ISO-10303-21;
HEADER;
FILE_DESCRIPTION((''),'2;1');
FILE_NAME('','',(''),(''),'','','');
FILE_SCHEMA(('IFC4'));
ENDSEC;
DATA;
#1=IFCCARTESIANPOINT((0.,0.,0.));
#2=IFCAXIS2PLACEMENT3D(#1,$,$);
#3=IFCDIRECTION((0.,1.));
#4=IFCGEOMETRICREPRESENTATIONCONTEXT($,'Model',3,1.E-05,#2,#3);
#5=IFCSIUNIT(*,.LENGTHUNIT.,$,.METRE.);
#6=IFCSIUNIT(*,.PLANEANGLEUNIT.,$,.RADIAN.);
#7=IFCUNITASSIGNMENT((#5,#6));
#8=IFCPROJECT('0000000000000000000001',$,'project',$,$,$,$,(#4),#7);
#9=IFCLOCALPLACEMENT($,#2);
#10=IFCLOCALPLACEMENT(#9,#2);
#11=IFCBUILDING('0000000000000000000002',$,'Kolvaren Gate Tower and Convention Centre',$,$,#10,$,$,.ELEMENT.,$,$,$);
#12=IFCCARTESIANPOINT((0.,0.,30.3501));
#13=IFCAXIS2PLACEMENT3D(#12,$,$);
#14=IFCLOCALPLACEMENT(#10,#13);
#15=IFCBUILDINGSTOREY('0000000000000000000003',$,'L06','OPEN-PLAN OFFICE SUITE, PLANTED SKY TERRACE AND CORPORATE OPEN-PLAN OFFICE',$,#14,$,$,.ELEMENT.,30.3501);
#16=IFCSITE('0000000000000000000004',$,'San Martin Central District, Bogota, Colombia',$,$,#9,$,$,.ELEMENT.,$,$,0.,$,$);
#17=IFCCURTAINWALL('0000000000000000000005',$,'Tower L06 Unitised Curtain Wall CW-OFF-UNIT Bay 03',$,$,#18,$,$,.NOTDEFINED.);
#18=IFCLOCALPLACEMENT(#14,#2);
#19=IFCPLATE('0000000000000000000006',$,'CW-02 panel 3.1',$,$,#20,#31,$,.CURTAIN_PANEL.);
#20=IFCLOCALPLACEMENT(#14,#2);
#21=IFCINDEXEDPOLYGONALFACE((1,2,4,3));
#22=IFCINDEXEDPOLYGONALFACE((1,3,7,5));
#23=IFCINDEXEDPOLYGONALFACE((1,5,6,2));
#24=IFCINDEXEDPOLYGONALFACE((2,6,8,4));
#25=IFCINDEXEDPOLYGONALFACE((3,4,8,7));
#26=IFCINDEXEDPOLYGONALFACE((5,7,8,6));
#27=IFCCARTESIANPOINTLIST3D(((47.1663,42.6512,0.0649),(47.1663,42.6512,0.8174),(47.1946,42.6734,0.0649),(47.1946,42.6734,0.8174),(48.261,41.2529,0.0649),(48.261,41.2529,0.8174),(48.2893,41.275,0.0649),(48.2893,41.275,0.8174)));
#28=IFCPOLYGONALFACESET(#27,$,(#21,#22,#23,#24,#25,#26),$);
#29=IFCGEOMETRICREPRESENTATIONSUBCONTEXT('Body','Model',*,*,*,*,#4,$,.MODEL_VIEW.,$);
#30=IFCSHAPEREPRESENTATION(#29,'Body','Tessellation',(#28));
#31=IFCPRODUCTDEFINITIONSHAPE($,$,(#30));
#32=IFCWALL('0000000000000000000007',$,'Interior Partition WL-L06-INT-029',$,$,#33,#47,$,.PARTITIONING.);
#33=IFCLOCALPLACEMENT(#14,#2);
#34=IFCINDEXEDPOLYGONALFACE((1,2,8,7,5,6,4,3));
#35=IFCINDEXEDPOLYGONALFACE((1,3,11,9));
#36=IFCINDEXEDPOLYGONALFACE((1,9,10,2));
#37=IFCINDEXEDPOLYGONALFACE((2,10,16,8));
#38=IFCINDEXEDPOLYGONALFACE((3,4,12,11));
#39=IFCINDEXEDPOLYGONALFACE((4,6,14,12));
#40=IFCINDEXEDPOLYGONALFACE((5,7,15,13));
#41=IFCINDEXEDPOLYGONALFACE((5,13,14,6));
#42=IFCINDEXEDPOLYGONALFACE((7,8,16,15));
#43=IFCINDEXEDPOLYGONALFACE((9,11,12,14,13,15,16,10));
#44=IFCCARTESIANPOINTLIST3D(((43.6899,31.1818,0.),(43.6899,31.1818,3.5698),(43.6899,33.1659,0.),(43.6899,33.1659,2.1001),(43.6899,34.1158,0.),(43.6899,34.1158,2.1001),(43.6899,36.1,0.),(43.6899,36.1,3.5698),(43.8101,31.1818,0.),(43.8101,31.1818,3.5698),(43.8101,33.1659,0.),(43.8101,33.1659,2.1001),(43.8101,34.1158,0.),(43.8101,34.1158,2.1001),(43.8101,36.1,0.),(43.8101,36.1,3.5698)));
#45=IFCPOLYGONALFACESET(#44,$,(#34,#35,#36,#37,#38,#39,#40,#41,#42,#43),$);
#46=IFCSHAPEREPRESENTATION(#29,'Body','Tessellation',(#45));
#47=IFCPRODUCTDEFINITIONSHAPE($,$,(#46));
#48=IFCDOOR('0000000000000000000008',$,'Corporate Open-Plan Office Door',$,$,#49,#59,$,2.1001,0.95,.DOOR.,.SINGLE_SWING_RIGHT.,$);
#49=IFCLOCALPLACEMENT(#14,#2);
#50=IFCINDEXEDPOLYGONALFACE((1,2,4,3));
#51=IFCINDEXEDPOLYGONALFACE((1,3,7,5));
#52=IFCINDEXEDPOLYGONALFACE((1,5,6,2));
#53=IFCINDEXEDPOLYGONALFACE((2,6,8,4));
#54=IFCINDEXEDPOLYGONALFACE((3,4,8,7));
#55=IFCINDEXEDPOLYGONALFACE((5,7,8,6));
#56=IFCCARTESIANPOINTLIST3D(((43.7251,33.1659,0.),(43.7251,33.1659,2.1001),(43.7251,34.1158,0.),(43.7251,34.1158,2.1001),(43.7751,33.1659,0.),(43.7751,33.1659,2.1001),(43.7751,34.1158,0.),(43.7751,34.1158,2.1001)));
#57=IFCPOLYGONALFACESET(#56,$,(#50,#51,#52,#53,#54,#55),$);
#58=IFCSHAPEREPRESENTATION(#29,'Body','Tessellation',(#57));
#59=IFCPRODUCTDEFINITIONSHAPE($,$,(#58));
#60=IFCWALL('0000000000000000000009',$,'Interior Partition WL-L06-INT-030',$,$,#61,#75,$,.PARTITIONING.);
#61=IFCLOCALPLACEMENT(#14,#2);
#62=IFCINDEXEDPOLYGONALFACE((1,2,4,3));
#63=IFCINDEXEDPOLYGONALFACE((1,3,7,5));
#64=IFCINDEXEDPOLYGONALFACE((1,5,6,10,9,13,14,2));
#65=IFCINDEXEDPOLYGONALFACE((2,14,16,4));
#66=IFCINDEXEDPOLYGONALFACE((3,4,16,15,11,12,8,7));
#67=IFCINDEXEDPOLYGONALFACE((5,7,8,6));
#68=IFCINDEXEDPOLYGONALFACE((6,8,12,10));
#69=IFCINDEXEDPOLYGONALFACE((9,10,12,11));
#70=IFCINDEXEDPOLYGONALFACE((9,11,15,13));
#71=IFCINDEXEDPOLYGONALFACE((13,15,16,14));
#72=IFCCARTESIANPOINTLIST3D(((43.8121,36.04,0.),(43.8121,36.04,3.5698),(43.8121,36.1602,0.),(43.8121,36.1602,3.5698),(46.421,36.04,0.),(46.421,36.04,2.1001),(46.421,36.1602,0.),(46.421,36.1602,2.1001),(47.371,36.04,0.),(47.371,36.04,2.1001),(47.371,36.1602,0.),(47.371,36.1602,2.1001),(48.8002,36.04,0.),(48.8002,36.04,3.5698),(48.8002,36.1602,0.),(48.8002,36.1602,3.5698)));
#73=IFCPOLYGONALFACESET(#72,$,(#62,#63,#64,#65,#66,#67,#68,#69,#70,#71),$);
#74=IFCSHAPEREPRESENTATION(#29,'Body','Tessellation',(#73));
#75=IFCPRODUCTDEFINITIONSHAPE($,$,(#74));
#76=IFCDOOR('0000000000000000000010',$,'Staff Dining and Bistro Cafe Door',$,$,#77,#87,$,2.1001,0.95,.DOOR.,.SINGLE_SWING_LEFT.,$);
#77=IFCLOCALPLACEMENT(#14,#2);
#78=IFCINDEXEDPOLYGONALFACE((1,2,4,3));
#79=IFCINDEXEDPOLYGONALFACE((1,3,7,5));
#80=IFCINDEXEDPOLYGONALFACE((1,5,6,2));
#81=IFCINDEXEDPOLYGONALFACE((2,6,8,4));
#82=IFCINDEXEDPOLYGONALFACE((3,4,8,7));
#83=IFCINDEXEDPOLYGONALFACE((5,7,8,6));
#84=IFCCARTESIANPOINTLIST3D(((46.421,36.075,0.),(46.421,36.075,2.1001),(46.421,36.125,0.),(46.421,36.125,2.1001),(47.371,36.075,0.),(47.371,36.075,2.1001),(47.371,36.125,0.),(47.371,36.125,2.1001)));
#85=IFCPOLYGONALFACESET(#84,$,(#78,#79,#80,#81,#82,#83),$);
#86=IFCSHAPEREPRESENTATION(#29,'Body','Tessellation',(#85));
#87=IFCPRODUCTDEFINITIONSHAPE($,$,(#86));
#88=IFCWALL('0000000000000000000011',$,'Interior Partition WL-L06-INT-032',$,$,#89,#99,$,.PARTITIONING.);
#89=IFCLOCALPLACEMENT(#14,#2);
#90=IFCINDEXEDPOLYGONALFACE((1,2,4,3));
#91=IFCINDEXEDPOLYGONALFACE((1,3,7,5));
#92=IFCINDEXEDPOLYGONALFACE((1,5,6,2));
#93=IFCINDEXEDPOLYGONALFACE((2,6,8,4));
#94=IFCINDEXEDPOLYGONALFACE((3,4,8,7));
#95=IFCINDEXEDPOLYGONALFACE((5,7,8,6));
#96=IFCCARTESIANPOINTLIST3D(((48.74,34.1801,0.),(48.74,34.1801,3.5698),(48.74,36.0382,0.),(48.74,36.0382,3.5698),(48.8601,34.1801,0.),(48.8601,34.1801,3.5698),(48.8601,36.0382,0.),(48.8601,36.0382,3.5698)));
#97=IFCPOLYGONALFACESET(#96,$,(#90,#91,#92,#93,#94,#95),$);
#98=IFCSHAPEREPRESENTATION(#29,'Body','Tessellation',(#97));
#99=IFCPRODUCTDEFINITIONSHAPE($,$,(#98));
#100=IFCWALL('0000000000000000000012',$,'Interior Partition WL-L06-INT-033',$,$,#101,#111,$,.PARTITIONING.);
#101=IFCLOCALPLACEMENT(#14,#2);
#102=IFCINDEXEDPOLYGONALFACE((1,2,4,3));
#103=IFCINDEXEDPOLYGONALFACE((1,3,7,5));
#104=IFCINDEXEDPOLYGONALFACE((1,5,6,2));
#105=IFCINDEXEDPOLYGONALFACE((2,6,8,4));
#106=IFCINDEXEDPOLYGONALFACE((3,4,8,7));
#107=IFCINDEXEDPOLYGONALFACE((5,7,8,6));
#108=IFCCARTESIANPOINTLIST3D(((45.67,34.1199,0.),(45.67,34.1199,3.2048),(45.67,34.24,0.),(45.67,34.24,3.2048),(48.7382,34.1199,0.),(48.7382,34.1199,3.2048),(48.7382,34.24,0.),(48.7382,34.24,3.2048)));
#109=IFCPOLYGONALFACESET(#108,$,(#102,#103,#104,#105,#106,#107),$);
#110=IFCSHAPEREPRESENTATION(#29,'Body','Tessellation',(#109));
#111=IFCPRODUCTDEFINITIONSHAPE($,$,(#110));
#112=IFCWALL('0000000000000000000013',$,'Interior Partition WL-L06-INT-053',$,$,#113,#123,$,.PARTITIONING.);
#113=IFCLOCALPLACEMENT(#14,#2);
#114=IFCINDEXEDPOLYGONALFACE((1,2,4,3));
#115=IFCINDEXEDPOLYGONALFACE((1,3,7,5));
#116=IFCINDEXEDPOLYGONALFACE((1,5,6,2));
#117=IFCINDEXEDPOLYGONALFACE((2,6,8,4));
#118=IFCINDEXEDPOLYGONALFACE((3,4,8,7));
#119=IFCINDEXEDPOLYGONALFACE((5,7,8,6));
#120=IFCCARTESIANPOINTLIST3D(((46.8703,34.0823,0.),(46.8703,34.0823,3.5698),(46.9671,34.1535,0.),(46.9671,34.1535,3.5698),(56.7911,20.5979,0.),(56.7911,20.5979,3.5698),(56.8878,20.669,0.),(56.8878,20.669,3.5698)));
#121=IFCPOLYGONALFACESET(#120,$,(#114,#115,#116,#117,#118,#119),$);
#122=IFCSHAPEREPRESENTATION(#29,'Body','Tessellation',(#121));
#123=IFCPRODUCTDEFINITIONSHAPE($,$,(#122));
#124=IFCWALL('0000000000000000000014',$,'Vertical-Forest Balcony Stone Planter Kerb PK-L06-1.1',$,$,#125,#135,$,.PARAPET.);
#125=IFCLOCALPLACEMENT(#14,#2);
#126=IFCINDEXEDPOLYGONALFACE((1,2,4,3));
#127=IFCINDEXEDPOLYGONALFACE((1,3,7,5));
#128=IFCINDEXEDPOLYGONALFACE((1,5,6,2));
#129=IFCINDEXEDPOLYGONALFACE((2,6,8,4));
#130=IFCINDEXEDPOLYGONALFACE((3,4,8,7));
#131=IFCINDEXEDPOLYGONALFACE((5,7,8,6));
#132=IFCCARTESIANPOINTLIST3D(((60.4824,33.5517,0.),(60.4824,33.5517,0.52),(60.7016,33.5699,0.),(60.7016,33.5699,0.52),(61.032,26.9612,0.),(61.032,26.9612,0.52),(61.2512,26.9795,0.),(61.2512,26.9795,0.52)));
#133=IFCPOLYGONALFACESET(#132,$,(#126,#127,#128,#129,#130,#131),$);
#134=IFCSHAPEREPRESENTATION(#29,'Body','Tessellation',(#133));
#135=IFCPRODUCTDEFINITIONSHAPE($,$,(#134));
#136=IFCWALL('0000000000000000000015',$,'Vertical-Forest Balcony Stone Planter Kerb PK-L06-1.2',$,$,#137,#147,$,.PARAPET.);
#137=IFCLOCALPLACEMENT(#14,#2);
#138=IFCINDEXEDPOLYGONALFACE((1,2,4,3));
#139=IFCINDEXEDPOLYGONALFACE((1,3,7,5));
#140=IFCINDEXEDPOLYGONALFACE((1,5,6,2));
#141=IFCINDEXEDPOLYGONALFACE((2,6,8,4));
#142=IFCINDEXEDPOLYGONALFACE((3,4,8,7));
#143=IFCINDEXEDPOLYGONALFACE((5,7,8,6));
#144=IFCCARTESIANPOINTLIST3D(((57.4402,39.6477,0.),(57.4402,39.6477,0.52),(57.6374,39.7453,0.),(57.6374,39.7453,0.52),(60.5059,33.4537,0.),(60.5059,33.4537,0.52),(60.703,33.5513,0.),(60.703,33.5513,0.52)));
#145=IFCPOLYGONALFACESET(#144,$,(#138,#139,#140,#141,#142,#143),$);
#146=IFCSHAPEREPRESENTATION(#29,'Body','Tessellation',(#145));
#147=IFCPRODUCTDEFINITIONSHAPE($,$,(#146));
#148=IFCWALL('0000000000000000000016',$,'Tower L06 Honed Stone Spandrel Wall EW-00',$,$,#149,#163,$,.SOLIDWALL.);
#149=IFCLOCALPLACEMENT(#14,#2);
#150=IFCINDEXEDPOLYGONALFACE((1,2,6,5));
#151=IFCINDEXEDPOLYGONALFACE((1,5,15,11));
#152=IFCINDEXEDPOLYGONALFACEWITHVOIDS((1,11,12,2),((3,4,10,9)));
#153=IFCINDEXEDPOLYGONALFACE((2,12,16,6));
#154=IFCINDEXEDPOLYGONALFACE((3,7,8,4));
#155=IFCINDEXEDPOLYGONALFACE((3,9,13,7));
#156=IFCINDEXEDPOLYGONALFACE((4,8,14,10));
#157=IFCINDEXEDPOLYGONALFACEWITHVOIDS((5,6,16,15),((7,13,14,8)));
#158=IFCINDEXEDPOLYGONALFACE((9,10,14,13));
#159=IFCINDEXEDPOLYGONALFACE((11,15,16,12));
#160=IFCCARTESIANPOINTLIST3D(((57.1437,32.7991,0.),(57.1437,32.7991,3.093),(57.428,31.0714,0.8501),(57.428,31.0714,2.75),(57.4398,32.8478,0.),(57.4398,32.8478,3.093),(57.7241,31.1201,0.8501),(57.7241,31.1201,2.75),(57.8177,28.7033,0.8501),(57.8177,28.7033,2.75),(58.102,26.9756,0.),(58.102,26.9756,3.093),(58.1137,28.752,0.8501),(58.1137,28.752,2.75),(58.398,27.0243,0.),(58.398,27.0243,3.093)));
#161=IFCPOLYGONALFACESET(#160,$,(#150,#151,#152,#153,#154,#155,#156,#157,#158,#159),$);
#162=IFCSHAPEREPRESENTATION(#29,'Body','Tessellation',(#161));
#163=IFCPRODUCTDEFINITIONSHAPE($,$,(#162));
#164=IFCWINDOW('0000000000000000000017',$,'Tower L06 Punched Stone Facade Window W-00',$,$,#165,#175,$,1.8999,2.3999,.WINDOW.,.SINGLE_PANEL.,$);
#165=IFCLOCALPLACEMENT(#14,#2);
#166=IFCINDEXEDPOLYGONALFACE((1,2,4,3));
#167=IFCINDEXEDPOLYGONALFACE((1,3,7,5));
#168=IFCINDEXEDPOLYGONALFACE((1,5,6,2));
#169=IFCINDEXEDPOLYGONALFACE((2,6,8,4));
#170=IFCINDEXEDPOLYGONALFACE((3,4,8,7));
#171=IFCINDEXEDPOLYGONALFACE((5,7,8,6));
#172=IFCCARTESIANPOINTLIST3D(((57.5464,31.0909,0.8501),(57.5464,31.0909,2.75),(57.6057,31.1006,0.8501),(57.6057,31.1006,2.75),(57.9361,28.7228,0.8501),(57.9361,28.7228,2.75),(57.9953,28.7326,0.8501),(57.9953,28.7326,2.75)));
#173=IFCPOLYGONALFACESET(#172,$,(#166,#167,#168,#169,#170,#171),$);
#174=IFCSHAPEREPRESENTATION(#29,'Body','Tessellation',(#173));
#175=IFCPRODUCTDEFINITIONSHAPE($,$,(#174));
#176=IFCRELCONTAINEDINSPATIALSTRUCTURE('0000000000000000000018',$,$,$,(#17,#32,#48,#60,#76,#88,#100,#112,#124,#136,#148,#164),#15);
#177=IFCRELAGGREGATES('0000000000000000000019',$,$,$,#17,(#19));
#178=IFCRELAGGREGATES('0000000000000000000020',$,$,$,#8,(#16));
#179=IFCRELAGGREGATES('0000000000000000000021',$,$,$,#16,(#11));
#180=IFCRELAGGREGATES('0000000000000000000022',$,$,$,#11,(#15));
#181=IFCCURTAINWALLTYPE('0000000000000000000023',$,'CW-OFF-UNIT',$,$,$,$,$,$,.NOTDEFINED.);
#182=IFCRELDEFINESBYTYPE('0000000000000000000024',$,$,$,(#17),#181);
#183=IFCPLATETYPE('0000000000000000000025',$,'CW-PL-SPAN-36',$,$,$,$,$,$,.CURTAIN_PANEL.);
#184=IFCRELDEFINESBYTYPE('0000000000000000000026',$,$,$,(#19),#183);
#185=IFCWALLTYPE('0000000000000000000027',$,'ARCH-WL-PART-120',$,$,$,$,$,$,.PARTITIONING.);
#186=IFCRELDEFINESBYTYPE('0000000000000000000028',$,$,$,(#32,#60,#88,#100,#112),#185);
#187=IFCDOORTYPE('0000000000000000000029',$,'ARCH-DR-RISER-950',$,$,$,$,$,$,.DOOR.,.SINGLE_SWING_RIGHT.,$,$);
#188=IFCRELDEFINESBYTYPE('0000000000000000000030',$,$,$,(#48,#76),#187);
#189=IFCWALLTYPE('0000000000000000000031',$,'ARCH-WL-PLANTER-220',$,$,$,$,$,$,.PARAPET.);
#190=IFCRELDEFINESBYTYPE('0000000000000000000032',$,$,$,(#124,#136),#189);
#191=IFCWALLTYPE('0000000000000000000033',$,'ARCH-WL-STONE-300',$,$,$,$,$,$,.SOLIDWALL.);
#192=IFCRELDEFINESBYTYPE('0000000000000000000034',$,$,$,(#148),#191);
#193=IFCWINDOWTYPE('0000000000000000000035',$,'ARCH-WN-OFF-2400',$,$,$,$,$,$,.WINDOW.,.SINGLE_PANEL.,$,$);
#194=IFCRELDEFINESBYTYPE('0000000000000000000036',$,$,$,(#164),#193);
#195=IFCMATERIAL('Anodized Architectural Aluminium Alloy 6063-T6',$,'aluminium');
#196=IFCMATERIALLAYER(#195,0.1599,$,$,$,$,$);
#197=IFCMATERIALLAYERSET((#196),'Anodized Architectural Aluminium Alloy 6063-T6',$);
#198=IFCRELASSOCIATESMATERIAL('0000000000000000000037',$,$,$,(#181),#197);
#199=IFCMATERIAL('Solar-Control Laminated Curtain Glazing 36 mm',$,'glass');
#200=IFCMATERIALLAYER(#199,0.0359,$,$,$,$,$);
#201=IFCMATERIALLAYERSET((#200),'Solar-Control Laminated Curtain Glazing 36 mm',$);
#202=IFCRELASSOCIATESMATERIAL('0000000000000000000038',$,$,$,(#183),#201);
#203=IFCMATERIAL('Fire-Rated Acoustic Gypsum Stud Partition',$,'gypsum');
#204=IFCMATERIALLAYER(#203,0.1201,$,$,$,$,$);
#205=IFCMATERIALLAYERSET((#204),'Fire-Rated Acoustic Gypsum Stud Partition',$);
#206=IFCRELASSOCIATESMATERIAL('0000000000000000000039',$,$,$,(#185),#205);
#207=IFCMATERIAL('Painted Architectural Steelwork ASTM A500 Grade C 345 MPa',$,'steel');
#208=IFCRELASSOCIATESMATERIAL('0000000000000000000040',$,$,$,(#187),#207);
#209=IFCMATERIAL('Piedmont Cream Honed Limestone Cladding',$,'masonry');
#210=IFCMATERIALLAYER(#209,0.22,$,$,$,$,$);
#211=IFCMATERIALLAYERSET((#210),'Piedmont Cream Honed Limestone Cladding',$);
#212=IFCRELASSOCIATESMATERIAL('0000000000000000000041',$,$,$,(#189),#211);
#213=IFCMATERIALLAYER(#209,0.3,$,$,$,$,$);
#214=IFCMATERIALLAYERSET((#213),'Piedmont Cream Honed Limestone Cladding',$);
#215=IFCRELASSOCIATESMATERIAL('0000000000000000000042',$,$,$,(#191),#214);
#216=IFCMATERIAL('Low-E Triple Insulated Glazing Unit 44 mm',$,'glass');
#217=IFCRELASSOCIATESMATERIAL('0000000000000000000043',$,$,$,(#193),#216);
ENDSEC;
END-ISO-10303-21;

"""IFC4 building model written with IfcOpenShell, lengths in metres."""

from ifc_helpers import new_model, si_unit, direction, frame, frame_2d, origin, origin_2d, place, context, subcontext, project, spatial, rectangle, extrude, material, layer, layer_set, type_object, element, fill, aggregate, save


model = new_model("IFC4")

# Units and contexts
model_context = context("Model", 3, precision=1e-05, world=origin(), true_north=direction((0.0, 1.0)))
body_context = subcontext(model_context, "Body", "Model", "MODEL_VIEW")
ifc_project = project(units=[si_unit("LENGTHUNIT", "METRE"), si_unit("PLANEANGLEUNIT", "RADIAN")], contexts=[model_context])

# Site, building, storey
site_placement = place(None, origin())
site = spatial("IfcSite", under=ifc_project, at=site_placement, Name="San Martin Central District, Bogota, Colombia", CompositionType="ELEMENT", RefElevation=0.0)
building_placement = place(site_placement, origin())
building = spatial("IfcBuilding", under=site, at=building_placement, Name="Kolvaren Gate Tower and Convention Centre", CompositionType="ELEMENT")
storey_placement = place(building_placement, frame((0.0, 0.0, 30.3501)))
storey = spatial("IfcBuildingStorey", under=building, at=storey_placement, Name="L06", Description="OPEN-PLAN OFFICE SUITE, PLANTED SKY TERRACE AND CORPORATE OPEN-PLAN OFFICE", CompositionType="ELEMENT", Elevation=30.3501)

# Curtain wall
ifc_material_1 = material(Name="Anodized Architectural Aluminium Alloy 6063-T6", Category="aluminium")
ifc_layer_1 = layer(ifc_material_1, 0.1599)
ifc_layer_set_1 = layer_set([ifc_layer_1], Name="Anodized Architectural Aluminium Alloy 6063-T6")
curtain_wall_type = type_object("IfcCurtainWallType", Name="CW-OFF-UNIT", PredefinedType="NOTDEFINED", material=ifc_layer_set_1)
curtain_wall_placement = place(storey_placement, origin())
curtain_wall = element("IfcCurtainWall", 1, at=curtain_wall_placement, inside=storey, type_object=curtain_wall_type, Name="Tower L06 Unitised Curtain Wall CW-OFF-UNIT Bay 03", PredefinedType="NOTDEFINED")

# Plate
ifc_material_2 = material(Name="Solar-Control Laminated Curtain Glazing 36 mm", Category="glass")
ifc_layer_2 = layer(ifc_material_2, 0.0359)
ifc_layer_set_2 = layer_set([ifc_layer_2], Name="Solar-Control Laminated Curtain Glazing 36 mm")
plate_type = type_object("IfcPlateType", Name="CW-PL-SPAN-36", PredefinedType="CURTAIN_PANEL", material=ifc_layer_set_2)
plate_placement = place(storey_placement, frame((47.7278, 41.9631, 0.0649), z_axis=(0.0, 0.0, 1.0), x_axis=(0.616426, -0.787413, 0.0)))
plate = element("IfcPlate", 2, at=plate_placement, type_object=plate_type, Name="CW-02 panel 3.1", PredefinedType="CURTAIN_PANEL", context=body_context, shape_type="SweptSolid", body=[
    extrude(rectangle(XDim=1.7759, YDim=0.0359, at=origin_2d()), origin(), (0.0, 0.0, 1.0), 0.7524),
])
aggregate(curtain_wall, [plate])

# Walls, openings, doors
ifc_material_3 = material(Name="Fire-Rated Acoustic Gypsum Stud Partition", Category="gypsum")
ifc_layer_3 = layer(ifc_material_3, 0.1201)
ifc_layer_set_3 = layer_set([ifc_layer_3], Name="Fire-Rated Acoustic Gypsum Stud Partition")
wall_type_1 = type_object("IfcWallType", Name="ARCH-WL-PART-120", PredefinedType="PARTITIONING", material=ifc_layer_set_3)
wall_1_placement = place(storey_placement, frame((43.75, 31.1819, 0.0), z_axis=(0.0, 0.0, 1.0), x_axis=(0.0, 1.0, 0.0)))
wall_1 = element("IfcWall", 3, at=wall_1_placement, inside=storey, type_object=wall_type_1, Name="Interior Partition WL-L06-INT-029", PredefinedType="PARTITIONING", context=body_context, shape_type="SweptSolid", body=[
    extrude(rectangle(XDim=4.9182, YDim=0.1201, at=frame_2d((2.459, 0.0))), origin(), (0.0, 0.0, 1.0), 3.5698),
])
opening_1_placement = place(wall_1_placement, frame((1.9839, 0.0, 0.0)))
opening_1 = element("IfcOpeningElement", 4, at=opening_1_placement, cuts=wall_1, PredefinedType="OPENING", context=body_context, shape_type="SweptSolid", body=[
    extrude(rectangle(XDim=0.95, YDim=2.1001, at=frame_2d((0.4751, 1.05))), frame((0.0, 0.0701, 0.0), z_axis=(0.0, -1.0, 0.0), x_axis=(1.0, 0.0, 0.0)), (0.0, 0.0, 1.0), 0.1401),
])
ifc_material_4 = material(Name="Painted Architectural Steelwork ASTM A500 Grade C 345 MPa", Category="steel")
door_type_1 = type_object("IfcDoorType", Name="ARCH-DR-RISER-950", OperationType="SINGLE_SWING_RIGHT", PredefinedType="DOOR", material=ifc_material_4)
door_1_placement = place(opening_1_placement, origin())
door_1 = element("IfcDoor", 5, at=door_1_placement, inside=storey, type_object=door_type_1, Name="Corporate Open-Plan Office Door", OperationType="SINGLE_SWING_RIGHT", OverallHeight=2.1001, OverallWidth=0.95, PredefinedType="DOOR", context=body_context, shape_type="SweptSolid", body=[
    extrude(rectangle(XDim=0.95, YDim=2.1001, at=frame_2d((0.4751, 1.05))), frame((0.0, 0.0249, 0.0), z_axis=(0.0, -1.0, 0.0), x_axis=(1.0, 0.0, 0.0)), (0.0, 0.0, 1.0), 0.05),
])
fill(opening_1, door_1)
wall_2_placement = place(storey_placement, frame((43.812, 36.1001, 0.0), z_axis=(0.0, 0.0, 1.0), x_axis=(1.0, 0.0, 0.0)))
wall_2 = element("IfcWall", 6, at=wall_2_placement, inside=storey, type_object=wall_type_1, Name="Interior Partition WL-L06-INT-030", PredefinedType="PARTITIONING", context=body_context, shape_type="SweptSolid", body=[
    extrude(rectangle(XDim=4.988, YDim=0.1201, at=frame_2d((2.4941, 0.0))), origin(), (0.0, 0.0, 1.0), 3.5698),
])
opening_2_placement = place(wall_2_placement, frame((2.6089, 0.0, 0.0)))
opening_2 = element("IfcOpeningElement", 7, at=opening_2_placement, cuts=wall_2, PredefinedType="OPENING", context=body_context, shape_type="SweptSolid", body=[
    extrude(rectangle(XDim=0.95, YDim=2.1001, at=frame_2d((0.4751, 1.05))), frame((0.0, 0.0701, 0.0), z_axis=(0.0, -1.0, 0.0), x_axis=(1.0, 0.0, 0.0)), (0.0, 0.0, 1.0), 0.1401),
])
door_2_placement = place(opening_2_placement, origin())
door_2 = element("IfcDoor", 8, at=door_2_placement, inside=storey, type_object=door_type_1, Name="Staff Dining and Bistro Cafe Door", OperationType="SINGLE_SWING_LEFT", OverallHeight=2.1001, OverallWidth=0.95, PredefinedType="DOOR", context=body_context, shape_type="SweptSolid", body=[
    extrude(rectangle(XDim=0.95, YDim=2.1001, at=frame_2d((0.4751, 1.05))), frame((0.0, 0.0249, 0.0), z_axis=(0.0, -1.0, 0.0), x_axis=(1.0, 0.0, 0.0)), (0.0, 0.0, 1.0), 0.05),
])
fill(opening_2, door_2)

# Walls
wall_3_placement = place(storey_placement, frame((48.8, 34.1799, 0.0), z_axis=(0.0, 0.0, 1.0), x_axis=(0.0, 1.0, 0.0)))
element("IfcWall", 9, at=wall_3_placement, inside=storey, type_object=wall_type_1, Name="Interior Partition WL-L06-INT-032", PredefinedType="PARTITIONING", context=body_context, shape_type="SweptSolid", body=[
    extrude(rectangle(XDim=1.8582, YDim=0.1201, at=frame_2d((0.9292, 0.0))), origin(), (0.0, 0.0, 1.0), 3.5698),
])
wall_4_placement = place(storey_placement, frame((45.6699, 34.1799, 0.0), z_axis=(0.0, 0.0, 1.0), x_axis=(1.0, 0.0, 0.0)))
element("IfcWall", 10, at=wall_4_placement, inside=storey, type_object=wall_type_1, Name="Interior Partition WL-L06-INT-033", PredefinedType="PARTITIONING", context=body_context, shape_type="SweptSolid", body=[
    extrude(rectangle(XDim=3.0681, YDim=0.1201, at=frame_2d((1.5342, 0.0))), origin(), (0.0, 0.0, 1.0), 3.2048),
])
wall_5_placement = place(storey_placement, frame((46.9187, 34.1179, 0.0), z_axis=(0.0, 0.0, 1.0), x_axis=(0.59261, -0.805489, 0.0)))
element("IfcWall", 11, at=wall_5_placement, inside=storey, type_object=wall_type_1, Name="Interior Partition WL-L06-INT-053", PredefinedType="PARTITIONING", context=body_context, shape_type="SweptSolid", body=[
    extrude(rectangle(XDim=16.7407, YDim=0.1201, at=frame_2d((8.3704, 0.0))), origin(), (0.0, 0.0, 1.0), 3.5698),
])
ifc_material_5 = material(Name="Piedmont Cream Honed Limestone Cladding", Category="masonry")
ifc_layer_4 = layer(ifc_material_5, 0.22)
ifc_layer_set_4 = layer_set([ifc_layer_4], Name="Piedmont Cream Honed Limestone Cladding")
wall_type_2 = type_object("IfcWallType", Name="ARCH-WL-PLANTER-220", PredefinedType="PARAPET", material=ifc_layer_set_4)
wall_6_placement = place(storey_placement, frame((60.592, 33.5608, 0.0), z_axis=(0.0, 0.0, 1.0), x_axis=(0.0831, -0.996541, 0.0)))
element("IfcWall", 12, at=wall_6_placement, inside=storey, type_object=wall_type_2, Name="Vertical-Forest Balcony Stone Planter Kerb PK-L06-1.1", PredefinedType="PARAPET", context=body_context, shape_type="SweptSolid", body=[
    extrude(rectangle(XDim=6.6133, YDim=0.22, at=frame_2d((3.3066, 0.0))), origin(), (0.0, 0.0, 1.0), 0.52),
])
wall_7_placement = place(storey_placement, frame((57.5388, 39.6965, 0.0), z_axis=(0.0, 0.0, 1.0), x_axis=(0.443578, -0.896236, 0.0)))
element("IfcWall", 13, at=wall_7_placement, inside=storey, type_object=wall_type_2, Name="Vertical-Forest Balcony Stone Planter Kerb PK-L06-1.2", PredefinedType="PARAPET", context=body_context, shape_type="SweptSolid", body=[
    extrude(rectangle(XDim=6.9111, YDim=0.22, at=frame_2d((3.4556, 0.0))), origin(), (0.0, 0.0, 1.0), 0.52),
])

# Wall, opening, window
ifc_layer_5 = layer(ifc_material_5, 0.3)
ifc_layer_set_5 = layer_set([ifc_layer_5], Name="Piedmont Cream Honed Limestone Cladding")
wall_type_3 = type_object("IfcWallType", Name="ARCH-WL-STONE-300", PredefinedType="SOLIDWALL", material=ifc_layer_set_5)
wall_8_placement = place(storey_placement, frame((57.2917, 32.8235, 0.0), z_axis=(0.0, 0.0, 1.0), x_axis=(0.162366, -0.986731, 0.0)))
wall_8 = element("IfcWall", 14, at=wall_8_placement, inside=storey, type_object=wall_type_3, Name="Tower L06 Honed Stone Spandrel Wall EW-00", PredefinedType="SOLIDWALL", context=body_context, shape_type="SweptSolid", body=[
    extrude(rectangle(XDim=5.9019, YDim=0.3, at=frame_2d((2.9509, 0.0))), origin(), (0.0, 0.0, 1.0), 3.093),
])
opening_3_placement = place(wall_8_placement, frame((1.751, 0.0, 0.8501)))
opening_3 = element("IfcOpeningElement", 15, at=opening_3_placement, cuts=wall_8, PredefinedType="OPENING", context=body_context, shape_type="SweptSolid", body=[
    extrude(rectangle(XDim=2.3999, YDim=1.8999, at=frame_2d((1.2, 0.95))), frame((0.0, 0.1599, 0.0), z_axis=(0.0, -1.0, 0.0), x_axis=(1.0, 0.0, 0.0)), (0.0, 0.0, 1.0), 0.3201),
])
ifc_material_6 = material(Name="Low-E Triple Insulated Glazing Unit 44 mm", Category="glass")
window_type = type_object("IfcWindowType", Name="ARCH-WN-OFF-2400", PartitioningType="SINGLE_PANEL", PredefinedType="WINDOW", material=ifc_material_6)
window_1_placement = place(opening_3_placement, origin())
window_1 = element("IfcWindow", 16, at=window_1_placement, inside=storey, type_object=window_type, Name="Tower L06 Punched Stone Facade Window W-00", OverallHeight=1.8999, OverallWidth=2.3999, PartitioningType="SINGLE_PANEL", PredefinedType="WINDOW", context=body_context, shape_type="SweptSolid", body=[
    extrude(rectangle(XDim=2.3999, YDim=1.8999, at=frame_2d((1.2, 0.95))), frame((0.0, 0.03, 0.0), z_axis=(0.0, -1.0, 0.0), x_axis=(1.0, 0.0, 0.0)), (0.0, 0.0, 1.0), 0.0601),
])
fill(opening_3, window_1)

save(model, "model.ifc")
